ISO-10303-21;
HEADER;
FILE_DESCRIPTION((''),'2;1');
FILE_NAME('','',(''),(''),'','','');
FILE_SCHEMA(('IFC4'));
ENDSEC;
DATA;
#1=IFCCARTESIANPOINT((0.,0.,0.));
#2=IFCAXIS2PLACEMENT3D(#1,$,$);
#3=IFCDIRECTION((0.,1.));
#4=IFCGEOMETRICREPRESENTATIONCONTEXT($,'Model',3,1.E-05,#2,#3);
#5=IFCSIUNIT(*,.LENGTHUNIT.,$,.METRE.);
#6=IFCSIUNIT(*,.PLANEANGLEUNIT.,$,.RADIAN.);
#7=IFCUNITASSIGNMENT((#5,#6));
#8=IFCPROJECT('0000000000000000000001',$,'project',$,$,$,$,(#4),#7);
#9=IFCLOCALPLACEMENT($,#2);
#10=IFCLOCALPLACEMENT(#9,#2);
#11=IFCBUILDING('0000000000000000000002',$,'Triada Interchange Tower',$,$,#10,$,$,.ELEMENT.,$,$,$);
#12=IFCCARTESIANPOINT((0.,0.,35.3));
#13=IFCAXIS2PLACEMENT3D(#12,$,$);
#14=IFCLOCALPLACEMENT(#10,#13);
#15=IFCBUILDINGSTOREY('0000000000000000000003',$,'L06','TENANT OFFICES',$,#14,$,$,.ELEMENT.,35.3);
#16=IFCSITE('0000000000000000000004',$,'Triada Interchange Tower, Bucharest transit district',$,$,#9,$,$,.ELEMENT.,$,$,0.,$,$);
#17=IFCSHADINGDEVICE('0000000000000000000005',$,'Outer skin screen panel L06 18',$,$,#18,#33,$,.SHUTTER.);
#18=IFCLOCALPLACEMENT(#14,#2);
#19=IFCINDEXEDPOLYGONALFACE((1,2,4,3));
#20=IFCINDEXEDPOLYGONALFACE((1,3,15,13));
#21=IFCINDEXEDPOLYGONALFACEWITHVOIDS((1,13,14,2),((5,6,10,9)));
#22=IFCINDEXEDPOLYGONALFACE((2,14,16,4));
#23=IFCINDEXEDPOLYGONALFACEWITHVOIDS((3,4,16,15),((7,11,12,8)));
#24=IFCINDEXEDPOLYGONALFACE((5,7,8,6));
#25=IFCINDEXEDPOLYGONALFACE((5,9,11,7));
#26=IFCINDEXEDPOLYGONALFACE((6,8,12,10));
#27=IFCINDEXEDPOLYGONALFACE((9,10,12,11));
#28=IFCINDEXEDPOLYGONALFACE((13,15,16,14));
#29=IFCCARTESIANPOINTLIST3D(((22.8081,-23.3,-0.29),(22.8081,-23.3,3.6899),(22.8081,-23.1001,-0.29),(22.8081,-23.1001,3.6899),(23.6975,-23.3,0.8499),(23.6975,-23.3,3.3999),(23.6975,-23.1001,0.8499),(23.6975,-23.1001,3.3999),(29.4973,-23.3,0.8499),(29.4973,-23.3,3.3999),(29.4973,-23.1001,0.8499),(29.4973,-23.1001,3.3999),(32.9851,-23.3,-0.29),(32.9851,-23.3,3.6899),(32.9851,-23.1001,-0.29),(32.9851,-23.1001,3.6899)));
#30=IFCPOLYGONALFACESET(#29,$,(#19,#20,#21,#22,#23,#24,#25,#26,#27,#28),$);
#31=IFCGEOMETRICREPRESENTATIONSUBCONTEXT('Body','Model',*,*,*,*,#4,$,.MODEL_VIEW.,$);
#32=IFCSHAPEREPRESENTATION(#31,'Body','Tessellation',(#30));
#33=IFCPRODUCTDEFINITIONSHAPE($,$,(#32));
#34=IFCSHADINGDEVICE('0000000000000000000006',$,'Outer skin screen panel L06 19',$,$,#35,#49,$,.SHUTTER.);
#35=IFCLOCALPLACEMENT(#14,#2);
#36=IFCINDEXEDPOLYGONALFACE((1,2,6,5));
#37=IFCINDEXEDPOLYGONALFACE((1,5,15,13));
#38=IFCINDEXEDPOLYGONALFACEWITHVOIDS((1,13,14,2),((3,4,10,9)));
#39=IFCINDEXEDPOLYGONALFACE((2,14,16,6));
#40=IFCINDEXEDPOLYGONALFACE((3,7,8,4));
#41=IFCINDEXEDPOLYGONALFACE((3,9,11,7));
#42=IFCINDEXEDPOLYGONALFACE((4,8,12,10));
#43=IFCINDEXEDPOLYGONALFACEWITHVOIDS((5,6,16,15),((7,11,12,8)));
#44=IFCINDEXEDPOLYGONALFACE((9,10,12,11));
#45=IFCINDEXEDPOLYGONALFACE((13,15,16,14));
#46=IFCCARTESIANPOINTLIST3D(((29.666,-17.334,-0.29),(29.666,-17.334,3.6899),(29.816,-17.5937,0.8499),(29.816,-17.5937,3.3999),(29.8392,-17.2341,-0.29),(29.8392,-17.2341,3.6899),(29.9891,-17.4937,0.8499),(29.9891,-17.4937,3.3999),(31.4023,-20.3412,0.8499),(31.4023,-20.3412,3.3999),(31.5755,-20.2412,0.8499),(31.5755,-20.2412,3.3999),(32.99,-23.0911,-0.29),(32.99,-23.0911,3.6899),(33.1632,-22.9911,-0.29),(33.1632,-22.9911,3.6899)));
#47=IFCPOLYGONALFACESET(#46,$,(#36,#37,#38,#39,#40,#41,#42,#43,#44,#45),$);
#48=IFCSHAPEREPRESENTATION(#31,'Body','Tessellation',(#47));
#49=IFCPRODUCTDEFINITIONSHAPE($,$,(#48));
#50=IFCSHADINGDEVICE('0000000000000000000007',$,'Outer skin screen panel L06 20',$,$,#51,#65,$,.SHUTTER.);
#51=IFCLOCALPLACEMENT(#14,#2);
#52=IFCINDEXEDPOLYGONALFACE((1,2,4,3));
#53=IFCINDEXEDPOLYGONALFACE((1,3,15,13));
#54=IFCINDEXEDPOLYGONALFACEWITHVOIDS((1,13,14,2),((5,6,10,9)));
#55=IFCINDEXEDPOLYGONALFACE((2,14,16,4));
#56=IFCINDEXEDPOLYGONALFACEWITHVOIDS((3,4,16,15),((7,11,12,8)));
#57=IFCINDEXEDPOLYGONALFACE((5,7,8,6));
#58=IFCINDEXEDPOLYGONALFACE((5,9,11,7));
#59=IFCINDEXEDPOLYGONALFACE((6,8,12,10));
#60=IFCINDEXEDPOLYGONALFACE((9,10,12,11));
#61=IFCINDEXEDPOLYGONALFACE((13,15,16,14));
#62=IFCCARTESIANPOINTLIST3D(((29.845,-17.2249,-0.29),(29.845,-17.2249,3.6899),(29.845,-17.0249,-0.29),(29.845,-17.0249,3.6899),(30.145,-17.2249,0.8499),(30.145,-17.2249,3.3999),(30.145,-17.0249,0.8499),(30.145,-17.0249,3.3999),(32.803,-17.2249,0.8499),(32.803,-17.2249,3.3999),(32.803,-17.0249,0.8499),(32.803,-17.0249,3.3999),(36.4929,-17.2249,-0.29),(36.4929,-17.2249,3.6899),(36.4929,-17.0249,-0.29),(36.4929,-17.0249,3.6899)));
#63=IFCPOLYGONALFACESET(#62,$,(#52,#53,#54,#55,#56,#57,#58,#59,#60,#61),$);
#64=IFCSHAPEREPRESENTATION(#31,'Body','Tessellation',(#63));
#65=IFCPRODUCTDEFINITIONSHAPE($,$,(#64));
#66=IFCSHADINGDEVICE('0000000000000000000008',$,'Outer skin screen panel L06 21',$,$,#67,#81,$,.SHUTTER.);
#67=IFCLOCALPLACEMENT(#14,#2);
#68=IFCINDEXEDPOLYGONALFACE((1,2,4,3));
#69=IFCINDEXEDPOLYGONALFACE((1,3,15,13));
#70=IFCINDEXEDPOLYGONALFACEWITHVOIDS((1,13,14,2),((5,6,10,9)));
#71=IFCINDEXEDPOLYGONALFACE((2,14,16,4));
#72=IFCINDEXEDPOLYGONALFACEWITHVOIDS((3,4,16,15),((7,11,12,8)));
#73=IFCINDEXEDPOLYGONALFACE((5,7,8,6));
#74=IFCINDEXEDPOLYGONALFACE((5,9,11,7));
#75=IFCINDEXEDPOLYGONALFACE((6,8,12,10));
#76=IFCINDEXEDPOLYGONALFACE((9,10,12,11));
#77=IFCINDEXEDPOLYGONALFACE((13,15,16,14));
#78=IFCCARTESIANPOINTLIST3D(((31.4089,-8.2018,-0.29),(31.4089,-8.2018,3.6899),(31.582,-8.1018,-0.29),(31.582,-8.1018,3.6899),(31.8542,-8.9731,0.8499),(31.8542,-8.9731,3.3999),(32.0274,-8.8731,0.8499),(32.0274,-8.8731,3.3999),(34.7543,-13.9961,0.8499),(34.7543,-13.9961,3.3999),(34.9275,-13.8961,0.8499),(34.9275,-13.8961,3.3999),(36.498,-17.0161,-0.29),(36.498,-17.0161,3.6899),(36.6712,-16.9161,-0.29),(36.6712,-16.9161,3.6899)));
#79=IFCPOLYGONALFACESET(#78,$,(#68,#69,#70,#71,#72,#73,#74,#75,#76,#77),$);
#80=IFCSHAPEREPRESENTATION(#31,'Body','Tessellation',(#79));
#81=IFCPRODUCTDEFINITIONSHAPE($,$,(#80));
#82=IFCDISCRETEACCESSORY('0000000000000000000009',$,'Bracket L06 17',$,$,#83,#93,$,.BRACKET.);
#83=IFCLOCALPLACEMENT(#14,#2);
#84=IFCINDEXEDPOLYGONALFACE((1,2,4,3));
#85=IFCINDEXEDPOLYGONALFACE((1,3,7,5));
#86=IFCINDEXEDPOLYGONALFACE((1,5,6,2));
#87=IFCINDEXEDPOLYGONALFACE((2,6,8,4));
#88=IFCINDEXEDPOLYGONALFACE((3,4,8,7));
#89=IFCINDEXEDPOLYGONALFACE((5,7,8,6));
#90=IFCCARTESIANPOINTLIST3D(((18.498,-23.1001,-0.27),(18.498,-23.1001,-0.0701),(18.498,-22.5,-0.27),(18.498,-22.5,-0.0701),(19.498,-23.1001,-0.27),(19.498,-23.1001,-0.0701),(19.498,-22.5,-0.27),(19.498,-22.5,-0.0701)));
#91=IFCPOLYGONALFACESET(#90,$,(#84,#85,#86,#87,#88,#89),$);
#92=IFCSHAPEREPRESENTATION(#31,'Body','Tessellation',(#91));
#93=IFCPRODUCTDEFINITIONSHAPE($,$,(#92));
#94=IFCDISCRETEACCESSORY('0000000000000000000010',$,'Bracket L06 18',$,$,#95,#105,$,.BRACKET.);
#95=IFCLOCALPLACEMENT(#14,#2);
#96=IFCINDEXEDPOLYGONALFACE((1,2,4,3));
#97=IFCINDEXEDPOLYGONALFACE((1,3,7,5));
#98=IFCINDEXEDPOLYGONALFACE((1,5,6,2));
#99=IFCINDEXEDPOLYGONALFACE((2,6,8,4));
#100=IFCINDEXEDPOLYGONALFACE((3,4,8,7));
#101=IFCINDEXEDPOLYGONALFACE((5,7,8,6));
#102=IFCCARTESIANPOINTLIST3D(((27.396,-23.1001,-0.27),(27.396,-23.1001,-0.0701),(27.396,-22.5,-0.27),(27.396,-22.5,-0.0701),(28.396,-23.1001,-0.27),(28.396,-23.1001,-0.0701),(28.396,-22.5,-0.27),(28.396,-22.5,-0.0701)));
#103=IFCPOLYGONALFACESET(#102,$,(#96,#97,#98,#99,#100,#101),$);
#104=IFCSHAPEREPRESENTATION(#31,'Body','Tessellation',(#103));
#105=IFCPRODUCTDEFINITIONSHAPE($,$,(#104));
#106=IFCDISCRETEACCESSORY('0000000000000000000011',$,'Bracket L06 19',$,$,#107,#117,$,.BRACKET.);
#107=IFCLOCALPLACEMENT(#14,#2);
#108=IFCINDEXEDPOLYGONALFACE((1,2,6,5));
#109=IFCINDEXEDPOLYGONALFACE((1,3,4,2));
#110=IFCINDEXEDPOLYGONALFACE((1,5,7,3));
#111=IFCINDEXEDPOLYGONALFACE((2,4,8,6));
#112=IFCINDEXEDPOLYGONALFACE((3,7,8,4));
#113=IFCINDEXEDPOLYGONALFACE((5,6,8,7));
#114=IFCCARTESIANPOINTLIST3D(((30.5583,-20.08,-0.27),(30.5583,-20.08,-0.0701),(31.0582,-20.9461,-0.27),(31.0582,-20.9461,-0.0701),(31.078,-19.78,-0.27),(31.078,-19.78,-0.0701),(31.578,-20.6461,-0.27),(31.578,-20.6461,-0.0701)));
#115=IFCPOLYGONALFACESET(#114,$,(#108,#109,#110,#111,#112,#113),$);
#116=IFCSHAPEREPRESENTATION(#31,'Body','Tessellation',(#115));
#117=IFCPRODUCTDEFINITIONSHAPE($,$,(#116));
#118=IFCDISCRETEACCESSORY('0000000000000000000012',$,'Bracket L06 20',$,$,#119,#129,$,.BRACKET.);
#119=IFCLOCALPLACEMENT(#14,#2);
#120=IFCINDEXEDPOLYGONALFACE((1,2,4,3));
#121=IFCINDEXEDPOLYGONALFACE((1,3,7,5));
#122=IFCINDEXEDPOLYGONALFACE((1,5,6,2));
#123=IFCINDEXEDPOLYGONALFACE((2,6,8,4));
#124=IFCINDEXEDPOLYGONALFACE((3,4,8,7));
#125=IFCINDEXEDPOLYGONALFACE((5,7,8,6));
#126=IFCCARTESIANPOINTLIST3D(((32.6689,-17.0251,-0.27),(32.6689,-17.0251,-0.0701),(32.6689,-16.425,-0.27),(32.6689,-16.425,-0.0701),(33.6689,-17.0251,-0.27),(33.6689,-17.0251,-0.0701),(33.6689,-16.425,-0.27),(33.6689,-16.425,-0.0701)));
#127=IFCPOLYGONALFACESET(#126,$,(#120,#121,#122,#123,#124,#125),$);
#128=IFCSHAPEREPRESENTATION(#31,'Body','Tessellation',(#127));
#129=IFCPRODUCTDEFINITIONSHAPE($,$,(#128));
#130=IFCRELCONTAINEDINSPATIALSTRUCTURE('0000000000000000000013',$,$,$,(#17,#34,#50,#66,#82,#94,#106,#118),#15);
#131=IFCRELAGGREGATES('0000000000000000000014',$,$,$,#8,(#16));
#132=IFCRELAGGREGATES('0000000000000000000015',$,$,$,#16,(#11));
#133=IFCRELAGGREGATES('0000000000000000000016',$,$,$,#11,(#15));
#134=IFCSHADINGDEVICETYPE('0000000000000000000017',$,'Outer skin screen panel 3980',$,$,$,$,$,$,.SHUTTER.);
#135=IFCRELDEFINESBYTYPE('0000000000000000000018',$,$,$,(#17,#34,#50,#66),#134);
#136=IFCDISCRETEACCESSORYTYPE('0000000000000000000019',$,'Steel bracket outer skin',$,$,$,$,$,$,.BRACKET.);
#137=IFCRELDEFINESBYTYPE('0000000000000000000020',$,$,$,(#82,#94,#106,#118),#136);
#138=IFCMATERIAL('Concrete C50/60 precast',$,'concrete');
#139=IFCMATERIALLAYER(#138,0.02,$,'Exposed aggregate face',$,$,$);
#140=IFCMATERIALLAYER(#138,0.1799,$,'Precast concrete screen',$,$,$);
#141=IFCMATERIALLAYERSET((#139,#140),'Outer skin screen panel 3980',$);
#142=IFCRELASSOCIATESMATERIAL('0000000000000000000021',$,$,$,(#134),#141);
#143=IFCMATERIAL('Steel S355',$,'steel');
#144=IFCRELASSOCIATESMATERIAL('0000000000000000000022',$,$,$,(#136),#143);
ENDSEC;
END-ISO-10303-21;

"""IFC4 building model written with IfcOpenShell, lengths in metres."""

from ifc_helpers import new_model, si_unit, direction, frame, origin, origin_2d, place, context, subcontext, project, spatial, polyline, rectangle, outline, extrude, material, layer, layer_set, type_object, element, save


model = new_model("IFC4")

# Units and contexts
model_context = context("Model", 3, precision=1e-05, world=origin(), true_north=direction((0.0, 1.0)))
body_context = subcontext(model_context, "Body", "Model", "MODEL_VIEW")
ifc_project = project(units=[si_unit("LENGTHUNIT", "METRE"), si_unit("PLANEANGLEUNIT", "RADIAN")], contexts=[model_context])

# Site, building, storey
site_placement = place(None, origin())
site = spatial("IfcSite", under=ifc_project, at=site_placement, Name="Triada Interchange Tower, Bucharest transit district", CompositionType="ELEMENT", RefElevation=0.0)
building_placement = place(site_placement, origin())
building = spatial("IfcBuilding", under=site, at=building_placement, Name="Triada Interchange Tower", CompositionType="ELEMENT")
storey_placement = place(building_placement, frame((0.0, 0.0, 35.3)))
storey = spatial("IfcBuildingStorey", under=building, at=storey_placement, Name="L06", Description="TENANT OFFICES", CompositionType="ELEMENT", Elevation=35.3)

# Shading devices
ifc_material_1 = material(Name="Concrete C50/60 precast", Category="concrete")
ifc_layer_1 = layer(ifc_material_1, 0.02, Name="Exposed aggregate face")
ifc_layer_2 = layer(ifc_material_1, 0.1799, Name="Precast concrete screen")
ifc_layer_set_1 = layer_set([ifc_layer_1, ifc_layer_2], Name="Outer skin screen panel 3980")
shading_device_type = type_object("IfcShadingDeviceType", Name="Outer skin screen panel 3980", PredefinedType="SHUTTER", material=ifc_layer_set_1)
shading_device_1_placement = place(storey_placement, frame((22.8081, -23.1001, -0.29), z_axis=(0.0, 0.0, 1.0), x_axis=(1.0, 0.0, 0.0)))
element("IfcShadingDevice", 1, at=shading_device_1_placement, inside=storey, type_object=shading_device_type, Name="Outer skin screen panel L06 18", PredefinedType="SHUTTER", context=body_context, shape_type="SweptSolid", body=[
    extrude(outline(polyline([(0.0, 0.0), (10.177, 0.0), (10.177, 3.98), (0.0, 3.98), (0.0, 0.0)]), holes=[polyline([(0.8894, 1.1399), (0.8894, 3.6899), (6.6892, 3.6899), (6.6892, 1.1399), (0.8894, 1.1399)])]), frame((0.0, 0.0, 0.0), z_axis=(0.0, -1.0, 0.0), x_axis=(1.0, 0.0, 0.0)), (0.0, 0.0, 1.0), 0.2),
])
shading_device_2_placement = place(storey_placement, frame((32.99, -23.0911, -0.29), z_axis=(0.0, 0.0, 1.0), x_axis=(-0.500014, 0.866017, 0.0)))
element("IfcShadingDevice", 2, at=shading_device_2_placement, inside=storey, type_object=shading_device_type, Name="Outer skin screen panel L06 19", PredefinedType="SHUTTER", context=body_context, shape_type="SweptSolid", body=[
    extrude(outline(polyline([(0.0, 0.0), (6.6477, 0.0), (6.6477, 3.98), (0.0, 3.98), (0.0, 0.0)]), holes=[polyline([(3.1753, 1.1399), (3.1753, 3.6899), (6.3479, 3.6899), (6.3479, 1.1399), (3.1753, 1.1399)])]), frame((0.0, 0.0, 0.0), z_axis=(0.0, -1.0, 0.0), x_axis=(1.0, 0.0, 0.0)), (0.0, 0.0, 1.0), 0.2),
])
shading_device_3_placement = place(storey_placement, frame((29.845, -17.0249, -0.29), z_axis=(0.0, 0.0, 1.0), x_axis=(1.0, 0.0, 0.0)))
element("IfcShadingDevice", 3, at=shading_device_3_placement, inside=storey, type_object=shading_device_type, Name="Outer skin screen panel L06 20", PredefinedType="SHUTTER", context=body_context, shape_type="SweptSolid", body=[
    extrude(outline(polyline([(0.0, 0.0), (6.6479, 0.0), (6.6479, 3.98), (0.0, 3.98), (0.0, 0.0)]), holes=[polyline([(0.3, 1.1399), (0.3, 3.6899), (2.958, 3.6899), (2.958, 1.1399), (0.3, 1.1399)])]), frame((0.0, 0.0, 0.0), z_axis=(0.0, -1.0, 0.0), x_axis=(1.0, 0.0, 0.0)), (0.0, 0.0, 1.0), 0.2),
])
shading_device_4_placement = place(storey_placement, frame((36.498, -17.0161, -0.29), z_axis=(0.0, 0.0, 1.0), x_axis=(-0.500017, 0.866016, 0.0)))
element("IfcShadingDevice", 4, at=shading_device_4_placement, inside=storey, type_object=shading_device_type, Name="Outer skin screen panel L06 21", PredefinedType="SHUTTER", context=body_context, shape_type="SweptSolid", body=[
    extrude(outline(polyline([(0.0, 0.0), (10.178, 0.0), (10.178, 3.98), (0.0, 3.98), (0.0, 0.0)]), holes=[polyline([(3.4873, 1.1399), (3.4873, 3.6899), (9.2874, 3.6899), (9.2874, 1.1399), (3.4873, 1.1399)])]), frame((0.0, 0.0, 0.0), z_axis=(0.0, -1.0, 0.0), x_axis=(1.0, 0.0, 0.0)), (0.0, 0.0, 1.0), 0.2),
])

# Discrete accessories
ifc_material_2 = material(Name="Steel S355", Category="steel")
discrete_accessory_type = type_object("IfcDiscreteAccessoryType", Name="Steel bracket outer skin", PredefinedType="BRACKET", material=ifc_material_2)
for number, where, z_axis, x_axis, name in (
    (5, (18.998, -22.8, -0.27), (0.0, 0.0, 1.0), (0.0, -1.0, 0.0), "Bracket L06 17"),
    (6, (27.896, -22.8, -0.27), (0.0, 0.0, 1.0), (0.0, -1.0, 0.0), "Bracket L06 18"),
    (7, (31.0681, -20.363, -0.27), (0.0, 0.0, 1.0), (0.86605, 0.499957, 0.0), "Bracket L06 19"),
    (8, (33.1689, -16.7251, -0.27), (0.0, 0.0, 1.0), (0.0, -1.0, 0.0), "Bracket L06 20"),
):
    element("IfcDiscreteAccessory", number, at=place(storey_placement, frame(where, z_axis=z_axis, x_axis=x_axis)), inside=storey, type_object=discrete_accessory_type, Name=name, PredefinedType="BRACKET", context=body_context, shape_type="SweptSolid", body=[
        extrude(rectangle(XDim=0.6001, YDim=1.0, at=origin_2d()), origin(), (0.0, 0.0, 1.0), 0.2),
    ])

save(model, "model.ifc")
